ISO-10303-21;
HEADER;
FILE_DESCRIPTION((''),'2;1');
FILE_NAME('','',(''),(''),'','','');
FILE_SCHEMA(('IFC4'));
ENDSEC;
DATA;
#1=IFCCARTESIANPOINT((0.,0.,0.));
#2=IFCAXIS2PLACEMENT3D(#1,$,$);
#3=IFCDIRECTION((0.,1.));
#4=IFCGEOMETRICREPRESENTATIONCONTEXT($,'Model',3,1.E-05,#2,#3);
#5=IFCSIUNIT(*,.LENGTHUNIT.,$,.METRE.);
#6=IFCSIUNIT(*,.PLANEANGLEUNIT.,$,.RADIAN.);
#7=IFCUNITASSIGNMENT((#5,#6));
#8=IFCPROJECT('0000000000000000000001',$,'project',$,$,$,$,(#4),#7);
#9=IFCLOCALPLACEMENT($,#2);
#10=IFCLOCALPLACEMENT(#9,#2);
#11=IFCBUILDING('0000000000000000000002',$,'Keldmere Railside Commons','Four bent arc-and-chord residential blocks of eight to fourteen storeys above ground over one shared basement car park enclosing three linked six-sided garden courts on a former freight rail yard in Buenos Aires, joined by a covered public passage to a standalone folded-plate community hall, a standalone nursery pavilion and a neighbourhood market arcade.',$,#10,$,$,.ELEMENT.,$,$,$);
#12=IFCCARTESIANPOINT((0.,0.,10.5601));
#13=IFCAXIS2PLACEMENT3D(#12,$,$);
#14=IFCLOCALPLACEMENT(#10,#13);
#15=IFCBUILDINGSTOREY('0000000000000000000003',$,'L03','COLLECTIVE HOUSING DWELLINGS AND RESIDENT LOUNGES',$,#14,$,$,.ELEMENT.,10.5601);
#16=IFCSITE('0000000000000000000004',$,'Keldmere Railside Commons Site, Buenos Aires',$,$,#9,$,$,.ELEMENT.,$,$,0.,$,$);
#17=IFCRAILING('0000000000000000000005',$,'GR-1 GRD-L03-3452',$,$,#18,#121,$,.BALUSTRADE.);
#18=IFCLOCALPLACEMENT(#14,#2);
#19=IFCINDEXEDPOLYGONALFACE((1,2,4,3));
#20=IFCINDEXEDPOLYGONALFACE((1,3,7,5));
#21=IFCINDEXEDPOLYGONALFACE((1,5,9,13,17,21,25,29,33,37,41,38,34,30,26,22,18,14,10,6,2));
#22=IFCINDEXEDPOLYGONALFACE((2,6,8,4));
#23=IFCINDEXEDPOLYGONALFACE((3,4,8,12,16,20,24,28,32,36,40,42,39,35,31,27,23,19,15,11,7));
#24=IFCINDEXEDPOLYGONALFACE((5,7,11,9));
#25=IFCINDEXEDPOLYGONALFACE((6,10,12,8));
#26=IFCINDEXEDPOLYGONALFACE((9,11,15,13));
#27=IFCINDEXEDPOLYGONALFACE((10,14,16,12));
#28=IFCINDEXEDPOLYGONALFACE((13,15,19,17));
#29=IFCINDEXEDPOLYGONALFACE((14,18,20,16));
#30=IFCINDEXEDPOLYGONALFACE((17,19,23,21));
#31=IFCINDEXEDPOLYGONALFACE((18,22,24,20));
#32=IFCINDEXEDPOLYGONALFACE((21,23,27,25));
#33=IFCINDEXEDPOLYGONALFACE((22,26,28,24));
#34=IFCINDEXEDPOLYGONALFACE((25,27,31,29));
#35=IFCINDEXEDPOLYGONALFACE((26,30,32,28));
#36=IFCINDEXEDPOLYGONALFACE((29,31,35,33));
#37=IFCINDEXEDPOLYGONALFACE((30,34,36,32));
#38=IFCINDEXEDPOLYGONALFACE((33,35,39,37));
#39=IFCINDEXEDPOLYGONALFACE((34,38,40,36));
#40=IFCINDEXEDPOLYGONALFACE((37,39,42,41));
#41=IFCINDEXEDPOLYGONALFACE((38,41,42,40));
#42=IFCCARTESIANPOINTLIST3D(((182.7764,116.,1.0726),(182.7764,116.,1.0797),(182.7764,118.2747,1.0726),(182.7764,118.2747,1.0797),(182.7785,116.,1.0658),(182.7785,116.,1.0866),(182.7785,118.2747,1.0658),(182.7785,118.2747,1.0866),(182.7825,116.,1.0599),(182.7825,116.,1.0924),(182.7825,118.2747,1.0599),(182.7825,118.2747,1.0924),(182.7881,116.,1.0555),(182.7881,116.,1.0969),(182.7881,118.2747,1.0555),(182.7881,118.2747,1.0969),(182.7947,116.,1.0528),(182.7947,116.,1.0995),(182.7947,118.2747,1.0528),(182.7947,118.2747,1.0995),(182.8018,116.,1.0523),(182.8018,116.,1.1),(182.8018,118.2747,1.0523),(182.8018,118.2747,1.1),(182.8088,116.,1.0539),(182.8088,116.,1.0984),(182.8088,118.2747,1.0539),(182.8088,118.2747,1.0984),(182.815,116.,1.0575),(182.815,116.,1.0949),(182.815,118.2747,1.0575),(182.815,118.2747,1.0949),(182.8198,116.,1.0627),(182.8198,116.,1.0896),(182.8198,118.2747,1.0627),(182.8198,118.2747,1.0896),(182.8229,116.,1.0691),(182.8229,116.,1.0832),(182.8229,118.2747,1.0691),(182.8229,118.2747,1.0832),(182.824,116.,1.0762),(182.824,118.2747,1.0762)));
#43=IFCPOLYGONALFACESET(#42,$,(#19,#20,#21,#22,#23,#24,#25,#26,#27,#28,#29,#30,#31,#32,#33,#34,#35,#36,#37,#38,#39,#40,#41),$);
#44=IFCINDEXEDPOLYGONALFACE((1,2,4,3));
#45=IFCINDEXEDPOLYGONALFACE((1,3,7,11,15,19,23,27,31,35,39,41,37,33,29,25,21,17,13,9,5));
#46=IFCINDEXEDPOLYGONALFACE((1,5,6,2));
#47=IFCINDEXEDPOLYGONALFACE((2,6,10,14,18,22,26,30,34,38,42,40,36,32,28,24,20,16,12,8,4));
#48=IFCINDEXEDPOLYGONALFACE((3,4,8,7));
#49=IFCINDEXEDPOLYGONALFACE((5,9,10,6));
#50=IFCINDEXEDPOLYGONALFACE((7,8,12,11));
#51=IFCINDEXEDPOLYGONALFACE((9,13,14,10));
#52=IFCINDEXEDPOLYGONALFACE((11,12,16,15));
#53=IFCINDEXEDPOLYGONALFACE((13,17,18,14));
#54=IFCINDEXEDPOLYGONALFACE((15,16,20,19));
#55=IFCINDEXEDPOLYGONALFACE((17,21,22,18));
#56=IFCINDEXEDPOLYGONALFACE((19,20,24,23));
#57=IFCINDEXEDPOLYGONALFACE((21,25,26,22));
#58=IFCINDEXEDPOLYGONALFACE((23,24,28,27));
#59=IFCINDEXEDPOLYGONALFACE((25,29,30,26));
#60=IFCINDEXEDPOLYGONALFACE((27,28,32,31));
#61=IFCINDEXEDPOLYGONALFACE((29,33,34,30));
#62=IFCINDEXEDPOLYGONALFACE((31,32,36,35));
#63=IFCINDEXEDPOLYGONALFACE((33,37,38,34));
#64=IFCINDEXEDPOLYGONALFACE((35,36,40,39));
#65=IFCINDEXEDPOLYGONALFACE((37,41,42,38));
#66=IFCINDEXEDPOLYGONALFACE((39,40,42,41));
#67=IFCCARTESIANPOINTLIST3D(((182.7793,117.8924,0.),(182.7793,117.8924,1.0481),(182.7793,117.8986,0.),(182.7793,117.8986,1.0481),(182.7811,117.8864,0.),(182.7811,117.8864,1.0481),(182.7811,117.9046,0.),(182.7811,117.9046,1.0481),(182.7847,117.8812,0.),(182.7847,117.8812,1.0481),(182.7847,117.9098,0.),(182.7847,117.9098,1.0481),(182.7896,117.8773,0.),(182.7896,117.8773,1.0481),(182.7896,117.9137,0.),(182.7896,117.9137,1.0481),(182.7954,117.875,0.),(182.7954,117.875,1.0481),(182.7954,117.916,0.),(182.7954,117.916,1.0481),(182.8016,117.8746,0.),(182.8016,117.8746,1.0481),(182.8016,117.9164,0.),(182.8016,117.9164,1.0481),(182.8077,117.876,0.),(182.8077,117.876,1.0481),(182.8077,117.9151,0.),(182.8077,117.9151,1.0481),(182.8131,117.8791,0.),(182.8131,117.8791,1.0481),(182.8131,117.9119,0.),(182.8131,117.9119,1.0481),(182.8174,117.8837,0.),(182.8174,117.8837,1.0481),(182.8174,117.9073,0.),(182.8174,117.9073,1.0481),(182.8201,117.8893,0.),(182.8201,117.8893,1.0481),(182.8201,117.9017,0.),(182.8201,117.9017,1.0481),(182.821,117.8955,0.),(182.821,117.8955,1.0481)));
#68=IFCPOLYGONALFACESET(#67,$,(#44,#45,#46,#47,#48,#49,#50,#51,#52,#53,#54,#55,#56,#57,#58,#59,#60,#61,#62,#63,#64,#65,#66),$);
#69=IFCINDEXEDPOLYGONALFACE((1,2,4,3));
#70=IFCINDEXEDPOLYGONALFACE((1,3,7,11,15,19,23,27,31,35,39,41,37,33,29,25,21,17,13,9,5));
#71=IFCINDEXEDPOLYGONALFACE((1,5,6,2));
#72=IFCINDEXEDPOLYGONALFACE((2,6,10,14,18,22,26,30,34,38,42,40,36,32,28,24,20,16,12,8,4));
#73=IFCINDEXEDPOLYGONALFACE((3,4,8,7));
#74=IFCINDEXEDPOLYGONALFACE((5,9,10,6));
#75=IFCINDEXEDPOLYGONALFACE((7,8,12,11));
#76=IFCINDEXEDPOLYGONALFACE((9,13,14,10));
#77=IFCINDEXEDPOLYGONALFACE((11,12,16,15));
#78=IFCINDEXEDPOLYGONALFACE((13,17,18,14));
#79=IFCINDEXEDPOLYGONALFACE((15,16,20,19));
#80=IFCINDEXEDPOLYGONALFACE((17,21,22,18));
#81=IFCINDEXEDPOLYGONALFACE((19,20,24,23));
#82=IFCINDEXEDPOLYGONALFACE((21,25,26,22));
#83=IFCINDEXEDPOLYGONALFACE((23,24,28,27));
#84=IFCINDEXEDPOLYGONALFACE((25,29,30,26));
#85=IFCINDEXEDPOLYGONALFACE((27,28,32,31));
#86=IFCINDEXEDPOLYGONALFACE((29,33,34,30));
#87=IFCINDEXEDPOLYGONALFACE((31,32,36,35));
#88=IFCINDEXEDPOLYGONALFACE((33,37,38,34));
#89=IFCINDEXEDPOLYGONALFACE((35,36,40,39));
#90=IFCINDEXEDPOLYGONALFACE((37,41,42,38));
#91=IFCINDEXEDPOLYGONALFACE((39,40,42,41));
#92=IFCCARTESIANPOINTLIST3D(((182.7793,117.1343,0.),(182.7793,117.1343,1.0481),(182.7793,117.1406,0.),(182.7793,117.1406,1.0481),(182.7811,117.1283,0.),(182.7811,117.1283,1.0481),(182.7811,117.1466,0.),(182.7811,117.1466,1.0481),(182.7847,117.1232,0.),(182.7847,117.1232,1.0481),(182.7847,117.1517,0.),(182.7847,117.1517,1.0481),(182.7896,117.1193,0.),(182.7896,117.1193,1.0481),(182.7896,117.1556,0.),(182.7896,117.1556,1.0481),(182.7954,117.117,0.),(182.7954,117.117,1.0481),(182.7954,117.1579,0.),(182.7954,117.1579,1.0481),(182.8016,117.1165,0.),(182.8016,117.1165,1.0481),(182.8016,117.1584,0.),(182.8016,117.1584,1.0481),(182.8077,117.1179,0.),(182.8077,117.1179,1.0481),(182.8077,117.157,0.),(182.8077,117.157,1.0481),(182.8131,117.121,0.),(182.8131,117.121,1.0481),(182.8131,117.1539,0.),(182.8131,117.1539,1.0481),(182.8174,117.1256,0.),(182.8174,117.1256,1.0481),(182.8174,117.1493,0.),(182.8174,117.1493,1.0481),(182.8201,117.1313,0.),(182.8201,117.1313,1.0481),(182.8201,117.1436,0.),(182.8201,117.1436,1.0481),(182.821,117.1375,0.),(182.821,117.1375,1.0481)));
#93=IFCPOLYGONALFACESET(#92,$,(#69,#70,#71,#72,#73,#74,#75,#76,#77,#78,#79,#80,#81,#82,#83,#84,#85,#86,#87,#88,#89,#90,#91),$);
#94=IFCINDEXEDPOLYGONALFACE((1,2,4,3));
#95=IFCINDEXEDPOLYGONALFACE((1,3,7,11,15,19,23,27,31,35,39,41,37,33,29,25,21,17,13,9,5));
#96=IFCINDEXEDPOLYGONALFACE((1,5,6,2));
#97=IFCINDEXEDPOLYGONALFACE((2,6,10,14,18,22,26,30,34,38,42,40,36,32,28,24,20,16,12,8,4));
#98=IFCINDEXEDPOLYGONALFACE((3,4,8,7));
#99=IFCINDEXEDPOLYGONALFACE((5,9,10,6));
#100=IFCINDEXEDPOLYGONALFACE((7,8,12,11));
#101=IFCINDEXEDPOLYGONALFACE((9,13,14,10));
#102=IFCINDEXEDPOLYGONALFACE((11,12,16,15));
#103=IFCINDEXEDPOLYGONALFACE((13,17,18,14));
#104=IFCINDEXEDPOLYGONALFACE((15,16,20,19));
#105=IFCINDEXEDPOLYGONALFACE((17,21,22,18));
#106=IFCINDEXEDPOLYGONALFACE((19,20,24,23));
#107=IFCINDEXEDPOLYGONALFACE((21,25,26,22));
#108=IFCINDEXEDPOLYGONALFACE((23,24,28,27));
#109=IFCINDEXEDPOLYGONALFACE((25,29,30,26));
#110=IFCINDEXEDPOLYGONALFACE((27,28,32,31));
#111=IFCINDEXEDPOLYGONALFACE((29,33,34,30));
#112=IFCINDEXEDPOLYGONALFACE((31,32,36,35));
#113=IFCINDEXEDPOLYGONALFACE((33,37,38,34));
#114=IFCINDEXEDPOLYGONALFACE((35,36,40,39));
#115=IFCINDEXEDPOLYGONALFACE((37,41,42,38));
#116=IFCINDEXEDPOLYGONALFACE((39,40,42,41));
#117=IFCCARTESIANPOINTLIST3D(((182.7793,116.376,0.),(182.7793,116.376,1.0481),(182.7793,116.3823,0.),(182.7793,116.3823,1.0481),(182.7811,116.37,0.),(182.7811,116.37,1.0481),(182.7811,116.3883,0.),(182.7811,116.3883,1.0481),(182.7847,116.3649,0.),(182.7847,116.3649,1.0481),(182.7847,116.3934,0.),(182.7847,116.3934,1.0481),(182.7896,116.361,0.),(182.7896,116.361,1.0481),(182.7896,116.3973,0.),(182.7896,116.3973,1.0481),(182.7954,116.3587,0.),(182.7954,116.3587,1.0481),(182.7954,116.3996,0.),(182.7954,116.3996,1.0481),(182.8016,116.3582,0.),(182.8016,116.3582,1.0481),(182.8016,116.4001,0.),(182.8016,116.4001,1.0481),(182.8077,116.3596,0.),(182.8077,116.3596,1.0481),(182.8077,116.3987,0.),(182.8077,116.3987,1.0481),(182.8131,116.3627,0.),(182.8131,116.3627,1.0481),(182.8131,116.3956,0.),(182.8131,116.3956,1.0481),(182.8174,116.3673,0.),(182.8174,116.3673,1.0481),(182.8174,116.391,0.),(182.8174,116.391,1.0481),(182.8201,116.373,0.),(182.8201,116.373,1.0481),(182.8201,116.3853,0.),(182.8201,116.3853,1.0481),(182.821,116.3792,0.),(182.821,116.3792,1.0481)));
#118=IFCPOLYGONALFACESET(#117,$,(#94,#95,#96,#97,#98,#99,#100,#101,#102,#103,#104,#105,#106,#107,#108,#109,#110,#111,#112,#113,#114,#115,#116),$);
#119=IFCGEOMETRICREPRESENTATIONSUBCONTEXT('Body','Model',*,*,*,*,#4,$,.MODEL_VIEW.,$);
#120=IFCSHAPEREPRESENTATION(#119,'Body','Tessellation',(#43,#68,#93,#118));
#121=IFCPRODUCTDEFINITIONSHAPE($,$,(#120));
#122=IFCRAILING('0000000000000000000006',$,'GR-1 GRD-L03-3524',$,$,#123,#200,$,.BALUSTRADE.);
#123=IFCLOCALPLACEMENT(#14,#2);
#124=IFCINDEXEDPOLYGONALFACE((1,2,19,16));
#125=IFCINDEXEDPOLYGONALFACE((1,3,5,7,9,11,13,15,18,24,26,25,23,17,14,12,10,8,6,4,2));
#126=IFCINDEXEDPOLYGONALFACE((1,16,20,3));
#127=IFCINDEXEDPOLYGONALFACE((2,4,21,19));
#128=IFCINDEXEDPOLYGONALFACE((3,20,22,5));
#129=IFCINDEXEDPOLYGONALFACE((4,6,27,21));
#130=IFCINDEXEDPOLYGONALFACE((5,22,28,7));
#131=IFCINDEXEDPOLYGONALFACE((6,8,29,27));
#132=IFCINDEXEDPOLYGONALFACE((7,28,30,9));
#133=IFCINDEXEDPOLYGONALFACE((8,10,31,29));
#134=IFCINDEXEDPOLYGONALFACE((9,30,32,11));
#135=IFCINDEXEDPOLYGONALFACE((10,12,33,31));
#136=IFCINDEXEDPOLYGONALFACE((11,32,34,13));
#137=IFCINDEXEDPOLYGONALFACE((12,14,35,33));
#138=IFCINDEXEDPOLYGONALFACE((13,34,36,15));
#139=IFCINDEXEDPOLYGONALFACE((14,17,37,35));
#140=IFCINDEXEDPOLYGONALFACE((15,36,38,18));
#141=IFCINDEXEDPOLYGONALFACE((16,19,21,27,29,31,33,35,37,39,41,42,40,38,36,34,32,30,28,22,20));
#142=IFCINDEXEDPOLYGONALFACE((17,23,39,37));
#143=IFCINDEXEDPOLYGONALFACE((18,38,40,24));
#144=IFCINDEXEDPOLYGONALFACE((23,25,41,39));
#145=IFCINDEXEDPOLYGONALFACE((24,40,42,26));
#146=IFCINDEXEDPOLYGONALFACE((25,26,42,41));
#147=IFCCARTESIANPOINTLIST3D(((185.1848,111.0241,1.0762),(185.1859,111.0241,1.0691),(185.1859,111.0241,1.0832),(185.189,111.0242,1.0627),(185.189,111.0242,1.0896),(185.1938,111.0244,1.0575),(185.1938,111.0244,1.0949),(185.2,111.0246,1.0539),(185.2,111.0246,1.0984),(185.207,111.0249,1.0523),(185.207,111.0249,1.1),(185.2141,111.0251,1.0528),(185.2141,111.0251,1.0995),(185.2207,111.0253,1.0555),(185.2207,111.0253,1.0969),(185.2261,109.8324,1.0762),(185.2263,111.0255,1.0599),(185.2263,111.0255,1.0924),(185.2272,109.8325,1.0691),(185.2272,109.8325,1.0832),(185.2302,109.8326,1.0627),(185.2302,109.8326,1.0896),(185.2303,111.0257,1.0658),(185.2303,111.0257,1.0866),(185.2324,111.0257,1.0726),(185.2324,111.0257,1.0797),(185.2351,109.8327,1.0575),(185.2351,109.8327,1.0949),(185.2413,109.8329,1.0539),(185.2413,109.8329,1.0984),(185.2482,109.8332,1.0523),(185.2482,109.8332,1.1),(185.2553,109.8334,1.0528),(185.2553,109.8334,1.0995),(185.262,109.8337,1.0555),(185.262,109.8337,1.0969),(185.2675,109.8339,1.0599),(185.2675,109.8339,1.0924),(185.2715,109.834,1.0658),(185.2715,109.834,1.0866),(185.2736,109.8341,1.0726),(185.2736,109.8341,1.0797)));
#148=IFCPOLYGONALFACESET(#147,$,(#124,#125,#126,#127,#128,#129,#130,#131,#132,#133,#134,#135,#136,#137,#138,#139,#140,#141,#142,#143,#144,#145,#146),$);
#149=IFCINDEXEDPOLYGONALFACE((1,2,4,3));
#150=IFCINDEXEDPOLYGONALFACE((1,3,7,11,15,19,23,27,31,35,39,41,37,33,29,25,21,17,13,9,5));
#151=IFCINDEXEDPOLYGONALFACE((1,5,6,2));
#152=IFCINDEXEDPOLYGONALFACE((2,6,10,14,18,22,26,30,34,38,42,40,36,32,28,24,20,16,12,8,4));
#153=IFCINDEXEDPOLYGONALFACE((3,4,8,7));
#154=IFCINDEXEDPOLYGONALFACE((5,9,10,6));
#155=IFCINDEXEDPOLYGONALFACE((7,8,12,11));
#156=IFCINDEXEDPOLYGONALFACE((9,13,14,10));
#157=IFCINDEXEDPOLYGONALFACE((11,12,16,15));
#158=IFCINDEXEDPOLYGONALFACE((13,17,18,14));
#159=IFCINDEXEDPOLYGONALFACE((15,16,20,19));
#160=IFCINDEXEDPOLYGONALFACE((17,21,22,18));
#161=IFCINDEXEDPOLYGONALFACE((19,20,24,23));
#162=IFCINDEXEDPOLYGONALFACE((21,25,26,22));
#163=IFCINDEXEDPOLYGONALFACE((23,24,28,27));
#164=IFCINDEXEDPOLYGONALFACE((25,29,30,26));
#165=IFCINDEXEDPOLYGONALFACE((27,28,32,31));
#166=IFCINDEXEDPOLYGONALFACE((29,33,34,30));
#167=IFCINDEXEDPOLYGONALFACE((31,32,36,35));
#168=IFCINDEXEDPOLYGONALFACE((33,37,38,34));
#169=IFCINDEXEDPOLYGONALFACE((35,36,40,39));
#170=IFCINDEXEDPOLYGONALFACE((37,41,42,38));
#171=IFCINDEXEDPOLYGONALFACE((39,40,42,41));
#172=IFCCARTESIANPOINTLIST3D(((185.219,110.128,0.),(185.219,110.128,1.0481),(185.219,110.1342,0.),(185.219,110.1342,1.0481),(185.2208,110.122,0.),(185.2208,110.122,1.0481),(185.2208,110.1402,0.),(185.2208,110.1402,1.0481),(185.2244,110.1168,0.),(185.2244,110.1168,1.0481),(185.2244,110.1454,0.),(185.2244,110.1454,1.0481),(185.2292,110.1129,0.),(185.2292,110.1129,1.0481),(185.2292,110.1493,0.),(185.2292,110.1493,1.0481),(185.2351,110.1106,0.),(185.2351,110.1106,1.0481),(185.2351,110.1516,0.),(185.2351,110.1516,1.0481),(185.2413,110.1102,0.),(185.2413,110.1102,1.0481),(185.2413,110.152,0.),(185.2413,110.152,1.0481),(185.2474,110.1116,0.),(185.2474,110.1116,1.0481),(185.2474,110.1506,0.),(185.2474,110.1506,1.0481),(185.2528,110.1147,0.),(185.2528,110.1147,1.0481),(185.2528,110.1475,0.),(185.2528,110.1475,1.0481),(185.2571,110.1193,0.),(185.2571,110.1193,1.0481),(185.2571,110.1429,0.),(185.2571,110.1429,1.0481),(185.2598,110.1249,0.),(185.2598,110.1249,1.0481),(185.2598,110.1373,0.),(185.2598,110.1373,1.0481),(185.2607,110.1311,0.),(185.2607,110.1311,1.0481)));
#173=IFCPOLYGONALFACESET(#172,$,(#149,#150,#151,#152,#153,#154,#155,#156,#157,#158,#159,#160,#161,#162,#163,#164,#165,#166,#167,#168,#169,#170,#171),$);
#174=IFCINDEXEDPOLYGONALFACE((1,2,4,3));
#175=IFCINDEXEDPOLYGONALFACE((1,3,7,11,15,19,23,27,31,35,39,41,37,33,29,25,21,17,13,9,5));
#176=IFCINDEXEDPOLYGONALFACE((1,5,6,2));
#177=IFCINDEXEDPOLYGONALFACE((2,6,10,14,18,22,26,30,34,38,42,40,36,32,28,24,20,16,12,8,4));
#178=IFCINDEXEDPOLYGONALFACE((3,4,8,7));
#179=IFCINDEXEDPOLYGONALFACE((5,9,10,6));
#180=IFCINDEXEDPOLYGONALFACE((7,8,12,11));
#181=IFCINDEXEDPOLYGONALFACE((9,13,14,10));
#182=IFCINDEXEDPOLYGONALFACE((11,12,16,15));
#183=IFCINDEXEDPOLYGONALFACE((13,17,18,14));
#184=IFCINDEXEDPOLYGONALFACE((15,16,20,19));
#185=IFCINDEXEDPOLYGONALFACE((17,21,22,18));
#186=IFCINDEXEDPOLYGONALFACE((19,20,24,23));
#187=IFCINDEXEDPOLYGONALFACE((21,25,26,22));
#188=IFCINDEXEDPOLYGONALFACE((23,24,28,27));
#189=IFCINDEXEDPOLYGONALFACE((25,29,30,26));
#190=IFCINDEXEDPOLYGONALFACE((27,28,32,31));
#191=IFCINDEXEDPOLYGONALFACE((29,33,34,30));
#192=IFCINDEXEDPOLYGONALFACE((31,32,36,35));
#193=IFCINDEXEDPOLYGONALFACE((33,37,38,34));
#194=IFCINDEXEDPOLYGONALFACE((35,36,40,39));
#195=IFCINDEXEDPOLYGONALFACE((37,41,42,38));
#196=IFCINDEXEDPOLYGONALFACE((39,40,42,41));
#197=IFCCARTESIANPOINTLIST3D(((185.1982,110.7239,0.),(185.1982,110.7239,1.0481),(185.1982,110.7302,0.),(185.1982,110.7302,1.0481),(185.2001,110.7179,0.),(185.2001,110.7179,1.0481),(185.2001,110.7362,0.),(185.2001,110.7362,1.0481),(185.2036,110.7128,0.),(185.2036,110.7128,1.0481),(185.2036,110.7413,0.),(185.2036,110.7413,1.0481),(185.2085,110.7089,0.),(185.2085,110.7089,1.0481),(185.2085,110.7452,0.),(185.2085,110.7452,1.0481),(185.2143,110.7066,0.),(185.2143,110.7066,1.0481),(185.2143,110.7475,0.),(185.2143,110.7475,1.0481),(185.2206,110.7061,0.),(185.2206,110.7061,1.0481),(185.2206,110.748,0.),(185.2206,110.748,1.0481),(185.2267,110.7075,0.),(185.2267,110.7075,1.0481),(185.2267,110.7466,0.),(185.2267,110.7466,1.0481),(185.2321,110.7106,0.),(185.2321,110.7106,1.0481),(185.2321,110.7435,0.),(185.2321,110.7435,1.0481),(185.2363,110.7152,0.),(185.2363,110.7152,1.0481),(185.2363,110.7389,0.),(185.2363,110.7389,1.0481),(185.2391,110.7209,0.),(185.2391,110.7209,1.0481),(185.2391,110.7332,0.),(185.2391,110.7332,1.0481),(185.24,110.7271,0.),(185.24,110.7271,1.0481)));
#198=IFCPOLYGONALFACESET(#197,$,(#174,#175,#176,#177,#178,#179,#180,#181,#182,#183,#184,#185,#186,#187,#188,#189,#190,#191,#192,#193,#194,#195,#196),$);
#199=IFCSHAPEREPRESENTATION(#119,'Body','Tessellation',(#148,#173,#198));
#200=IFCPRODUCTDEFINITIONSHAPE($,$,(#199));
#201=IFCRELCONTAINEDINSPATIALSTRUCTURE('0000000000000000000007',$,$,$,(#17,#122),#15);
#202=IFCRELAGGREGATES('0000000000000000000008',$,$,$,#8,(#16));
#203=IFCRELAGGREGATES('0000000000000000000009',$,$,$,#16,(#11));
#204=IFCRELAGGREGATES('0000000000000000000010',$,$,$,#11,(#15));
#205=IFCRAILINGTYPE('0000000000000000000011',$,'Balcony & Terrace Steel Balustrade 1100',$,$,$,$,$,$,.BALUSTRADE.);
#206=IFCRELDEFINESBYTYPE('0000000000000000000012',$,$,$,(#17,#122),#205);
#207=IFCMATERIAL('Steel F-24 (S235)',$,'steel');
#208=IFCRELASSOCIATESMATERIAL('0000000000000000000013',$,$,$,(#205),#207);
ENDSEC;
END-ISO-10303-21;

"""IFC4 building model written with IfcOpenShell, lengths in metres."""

from ifc_helpers import new_model, si_unit, direction, frame, origin, origin_2d, place, context, subcontext, project, spatial, circle, extrude, material, type_object, element, save


model = new_model("IFC4")

# Units and contexts
model_context = context("Model", 3, precision=1e-05, world=origin(), true_north=direction((0.0, 1.0)))
body_context = subcontext(model_context, "Body", "Model", "MODEL_VIEW")
ifc_project = project(units=[si_unit("LENGTHUNIT", "METRE"), si_unit("PLANEANGLEUNIT", "RADIAN")], contexts=[model_context])

# Site, building, storey
site_placement = place(None, origin())
site = spatial("IfcSite", under=ifc_project, at=site_placement, Name="Keldmere Railside Commons Site, Buenos Aires", CompositionType="ELEMENT", RefElevation=0.0)
building_placement = place(site_placement, origin())
building = spatial("IfcBuilding", under=site, at=building_placement, Name="Keldmere Railside Commons", Description="Four bent arc-and-chord residential blocks of eight to fourteen storeys above ground over one shared basement car park enclosing three linked six-sided garden courts on a former freight rail yard in Buenos Aires, joined by a covered public passage to a standalone folded-plate community hall, a standalone nursery pavilion and a neighbourhood market arcade.", CompositionType="ELEMENT")
storey_placement = place(building_placement, frame((0.0, 0.0, 10.5601)))
storey = spatial("IfcBuildingStorey", under=building, at=storey_placement, Name="L03", Description="COLLECTIVE HOUSING DWELLINGS AND RESIDENT LOUNGES", CompositionType="ELEMENT", Elevation=10.5601)

# Railings
ifc_material_1 = material(Name="Steel F-24 (S235)", Category="steel")
railing_type = type_object("IfcRailingType", Name="Balcony & Terrace Steel Balustrade 1100", PredefinedType="BALUSTRADE", material=ifc_material_1)
railing_1_placement = place(storey_placement, frame((182.8, 118.2747, 0.0)))
element("IfcRailing", 1, at=railing_1_placement, inside=storey, type_object=railing_type, Name="GR-1 GRD-L03-3452", PredefinedType="BALUSTRADE", context=body_context, shape_type="SweptSolid", body=[
    extrude(circle(Radius=0.0239, at=origin_2d()), frame((0.0, 0.0, 1.0762), z_axis=(0.0, -1.0, 0.0), x_axis=(1.0, 0.0, 0.0)), (0.0, 0.0, 1.0), 2.2747),
    extrude(circle(Radius=0.021, at=origin_2d()), frame((0.0, -0.3792, 0.0)), (0.0, 0.0, 1.0), 1.0481),
    extrude(circle(Radius=0.021, at=origin_2d()), frame((0.0, -1.1372, 0.0)), (0.0, 0.0, 1.0), 1.0481),
    extrude(circle(Radius=0.021, at=origin_2d()), frame((0.0, -1.8955, 0.0)), (0.0, 0.0, 1.0), 1.0481),
])
railing_2_placement = place(storey_placement, frame((185.25, 109.8333, 0.0)))
element("IfcRailing", 2, at=railing_2_placement, inside=storey, type_object=railing_type, Name="GR-1 GRD-L03-3524", PredefinedType="BALUSTRADE", context=body_context, shape_type="SweptSolid", body=[
    extrude(circle(Radius=0.0239, at=origin_2d()), frame((0.0, 0.0, 1.0762), z_axis=(-0.034603, 0.999401, 0.0), x_axis=(-0.999401, -0.034603, 0.0)), (0.0, 0.0, 1.0), 1.1924),
    extrude(circle(Radius=0.021, at=origin_2d()), frame((-0.0103, 0.2979, 0.0)), (0.0, 0.0, 1.0), 1.0481),
    extrude(circle(Radius=0.021, at=origin_2d()), frame((-0.031, 0.8938, 0.0)), (0.0, 0.0, 1.0), 1.0481),
])

save(model, "model.ifc")
